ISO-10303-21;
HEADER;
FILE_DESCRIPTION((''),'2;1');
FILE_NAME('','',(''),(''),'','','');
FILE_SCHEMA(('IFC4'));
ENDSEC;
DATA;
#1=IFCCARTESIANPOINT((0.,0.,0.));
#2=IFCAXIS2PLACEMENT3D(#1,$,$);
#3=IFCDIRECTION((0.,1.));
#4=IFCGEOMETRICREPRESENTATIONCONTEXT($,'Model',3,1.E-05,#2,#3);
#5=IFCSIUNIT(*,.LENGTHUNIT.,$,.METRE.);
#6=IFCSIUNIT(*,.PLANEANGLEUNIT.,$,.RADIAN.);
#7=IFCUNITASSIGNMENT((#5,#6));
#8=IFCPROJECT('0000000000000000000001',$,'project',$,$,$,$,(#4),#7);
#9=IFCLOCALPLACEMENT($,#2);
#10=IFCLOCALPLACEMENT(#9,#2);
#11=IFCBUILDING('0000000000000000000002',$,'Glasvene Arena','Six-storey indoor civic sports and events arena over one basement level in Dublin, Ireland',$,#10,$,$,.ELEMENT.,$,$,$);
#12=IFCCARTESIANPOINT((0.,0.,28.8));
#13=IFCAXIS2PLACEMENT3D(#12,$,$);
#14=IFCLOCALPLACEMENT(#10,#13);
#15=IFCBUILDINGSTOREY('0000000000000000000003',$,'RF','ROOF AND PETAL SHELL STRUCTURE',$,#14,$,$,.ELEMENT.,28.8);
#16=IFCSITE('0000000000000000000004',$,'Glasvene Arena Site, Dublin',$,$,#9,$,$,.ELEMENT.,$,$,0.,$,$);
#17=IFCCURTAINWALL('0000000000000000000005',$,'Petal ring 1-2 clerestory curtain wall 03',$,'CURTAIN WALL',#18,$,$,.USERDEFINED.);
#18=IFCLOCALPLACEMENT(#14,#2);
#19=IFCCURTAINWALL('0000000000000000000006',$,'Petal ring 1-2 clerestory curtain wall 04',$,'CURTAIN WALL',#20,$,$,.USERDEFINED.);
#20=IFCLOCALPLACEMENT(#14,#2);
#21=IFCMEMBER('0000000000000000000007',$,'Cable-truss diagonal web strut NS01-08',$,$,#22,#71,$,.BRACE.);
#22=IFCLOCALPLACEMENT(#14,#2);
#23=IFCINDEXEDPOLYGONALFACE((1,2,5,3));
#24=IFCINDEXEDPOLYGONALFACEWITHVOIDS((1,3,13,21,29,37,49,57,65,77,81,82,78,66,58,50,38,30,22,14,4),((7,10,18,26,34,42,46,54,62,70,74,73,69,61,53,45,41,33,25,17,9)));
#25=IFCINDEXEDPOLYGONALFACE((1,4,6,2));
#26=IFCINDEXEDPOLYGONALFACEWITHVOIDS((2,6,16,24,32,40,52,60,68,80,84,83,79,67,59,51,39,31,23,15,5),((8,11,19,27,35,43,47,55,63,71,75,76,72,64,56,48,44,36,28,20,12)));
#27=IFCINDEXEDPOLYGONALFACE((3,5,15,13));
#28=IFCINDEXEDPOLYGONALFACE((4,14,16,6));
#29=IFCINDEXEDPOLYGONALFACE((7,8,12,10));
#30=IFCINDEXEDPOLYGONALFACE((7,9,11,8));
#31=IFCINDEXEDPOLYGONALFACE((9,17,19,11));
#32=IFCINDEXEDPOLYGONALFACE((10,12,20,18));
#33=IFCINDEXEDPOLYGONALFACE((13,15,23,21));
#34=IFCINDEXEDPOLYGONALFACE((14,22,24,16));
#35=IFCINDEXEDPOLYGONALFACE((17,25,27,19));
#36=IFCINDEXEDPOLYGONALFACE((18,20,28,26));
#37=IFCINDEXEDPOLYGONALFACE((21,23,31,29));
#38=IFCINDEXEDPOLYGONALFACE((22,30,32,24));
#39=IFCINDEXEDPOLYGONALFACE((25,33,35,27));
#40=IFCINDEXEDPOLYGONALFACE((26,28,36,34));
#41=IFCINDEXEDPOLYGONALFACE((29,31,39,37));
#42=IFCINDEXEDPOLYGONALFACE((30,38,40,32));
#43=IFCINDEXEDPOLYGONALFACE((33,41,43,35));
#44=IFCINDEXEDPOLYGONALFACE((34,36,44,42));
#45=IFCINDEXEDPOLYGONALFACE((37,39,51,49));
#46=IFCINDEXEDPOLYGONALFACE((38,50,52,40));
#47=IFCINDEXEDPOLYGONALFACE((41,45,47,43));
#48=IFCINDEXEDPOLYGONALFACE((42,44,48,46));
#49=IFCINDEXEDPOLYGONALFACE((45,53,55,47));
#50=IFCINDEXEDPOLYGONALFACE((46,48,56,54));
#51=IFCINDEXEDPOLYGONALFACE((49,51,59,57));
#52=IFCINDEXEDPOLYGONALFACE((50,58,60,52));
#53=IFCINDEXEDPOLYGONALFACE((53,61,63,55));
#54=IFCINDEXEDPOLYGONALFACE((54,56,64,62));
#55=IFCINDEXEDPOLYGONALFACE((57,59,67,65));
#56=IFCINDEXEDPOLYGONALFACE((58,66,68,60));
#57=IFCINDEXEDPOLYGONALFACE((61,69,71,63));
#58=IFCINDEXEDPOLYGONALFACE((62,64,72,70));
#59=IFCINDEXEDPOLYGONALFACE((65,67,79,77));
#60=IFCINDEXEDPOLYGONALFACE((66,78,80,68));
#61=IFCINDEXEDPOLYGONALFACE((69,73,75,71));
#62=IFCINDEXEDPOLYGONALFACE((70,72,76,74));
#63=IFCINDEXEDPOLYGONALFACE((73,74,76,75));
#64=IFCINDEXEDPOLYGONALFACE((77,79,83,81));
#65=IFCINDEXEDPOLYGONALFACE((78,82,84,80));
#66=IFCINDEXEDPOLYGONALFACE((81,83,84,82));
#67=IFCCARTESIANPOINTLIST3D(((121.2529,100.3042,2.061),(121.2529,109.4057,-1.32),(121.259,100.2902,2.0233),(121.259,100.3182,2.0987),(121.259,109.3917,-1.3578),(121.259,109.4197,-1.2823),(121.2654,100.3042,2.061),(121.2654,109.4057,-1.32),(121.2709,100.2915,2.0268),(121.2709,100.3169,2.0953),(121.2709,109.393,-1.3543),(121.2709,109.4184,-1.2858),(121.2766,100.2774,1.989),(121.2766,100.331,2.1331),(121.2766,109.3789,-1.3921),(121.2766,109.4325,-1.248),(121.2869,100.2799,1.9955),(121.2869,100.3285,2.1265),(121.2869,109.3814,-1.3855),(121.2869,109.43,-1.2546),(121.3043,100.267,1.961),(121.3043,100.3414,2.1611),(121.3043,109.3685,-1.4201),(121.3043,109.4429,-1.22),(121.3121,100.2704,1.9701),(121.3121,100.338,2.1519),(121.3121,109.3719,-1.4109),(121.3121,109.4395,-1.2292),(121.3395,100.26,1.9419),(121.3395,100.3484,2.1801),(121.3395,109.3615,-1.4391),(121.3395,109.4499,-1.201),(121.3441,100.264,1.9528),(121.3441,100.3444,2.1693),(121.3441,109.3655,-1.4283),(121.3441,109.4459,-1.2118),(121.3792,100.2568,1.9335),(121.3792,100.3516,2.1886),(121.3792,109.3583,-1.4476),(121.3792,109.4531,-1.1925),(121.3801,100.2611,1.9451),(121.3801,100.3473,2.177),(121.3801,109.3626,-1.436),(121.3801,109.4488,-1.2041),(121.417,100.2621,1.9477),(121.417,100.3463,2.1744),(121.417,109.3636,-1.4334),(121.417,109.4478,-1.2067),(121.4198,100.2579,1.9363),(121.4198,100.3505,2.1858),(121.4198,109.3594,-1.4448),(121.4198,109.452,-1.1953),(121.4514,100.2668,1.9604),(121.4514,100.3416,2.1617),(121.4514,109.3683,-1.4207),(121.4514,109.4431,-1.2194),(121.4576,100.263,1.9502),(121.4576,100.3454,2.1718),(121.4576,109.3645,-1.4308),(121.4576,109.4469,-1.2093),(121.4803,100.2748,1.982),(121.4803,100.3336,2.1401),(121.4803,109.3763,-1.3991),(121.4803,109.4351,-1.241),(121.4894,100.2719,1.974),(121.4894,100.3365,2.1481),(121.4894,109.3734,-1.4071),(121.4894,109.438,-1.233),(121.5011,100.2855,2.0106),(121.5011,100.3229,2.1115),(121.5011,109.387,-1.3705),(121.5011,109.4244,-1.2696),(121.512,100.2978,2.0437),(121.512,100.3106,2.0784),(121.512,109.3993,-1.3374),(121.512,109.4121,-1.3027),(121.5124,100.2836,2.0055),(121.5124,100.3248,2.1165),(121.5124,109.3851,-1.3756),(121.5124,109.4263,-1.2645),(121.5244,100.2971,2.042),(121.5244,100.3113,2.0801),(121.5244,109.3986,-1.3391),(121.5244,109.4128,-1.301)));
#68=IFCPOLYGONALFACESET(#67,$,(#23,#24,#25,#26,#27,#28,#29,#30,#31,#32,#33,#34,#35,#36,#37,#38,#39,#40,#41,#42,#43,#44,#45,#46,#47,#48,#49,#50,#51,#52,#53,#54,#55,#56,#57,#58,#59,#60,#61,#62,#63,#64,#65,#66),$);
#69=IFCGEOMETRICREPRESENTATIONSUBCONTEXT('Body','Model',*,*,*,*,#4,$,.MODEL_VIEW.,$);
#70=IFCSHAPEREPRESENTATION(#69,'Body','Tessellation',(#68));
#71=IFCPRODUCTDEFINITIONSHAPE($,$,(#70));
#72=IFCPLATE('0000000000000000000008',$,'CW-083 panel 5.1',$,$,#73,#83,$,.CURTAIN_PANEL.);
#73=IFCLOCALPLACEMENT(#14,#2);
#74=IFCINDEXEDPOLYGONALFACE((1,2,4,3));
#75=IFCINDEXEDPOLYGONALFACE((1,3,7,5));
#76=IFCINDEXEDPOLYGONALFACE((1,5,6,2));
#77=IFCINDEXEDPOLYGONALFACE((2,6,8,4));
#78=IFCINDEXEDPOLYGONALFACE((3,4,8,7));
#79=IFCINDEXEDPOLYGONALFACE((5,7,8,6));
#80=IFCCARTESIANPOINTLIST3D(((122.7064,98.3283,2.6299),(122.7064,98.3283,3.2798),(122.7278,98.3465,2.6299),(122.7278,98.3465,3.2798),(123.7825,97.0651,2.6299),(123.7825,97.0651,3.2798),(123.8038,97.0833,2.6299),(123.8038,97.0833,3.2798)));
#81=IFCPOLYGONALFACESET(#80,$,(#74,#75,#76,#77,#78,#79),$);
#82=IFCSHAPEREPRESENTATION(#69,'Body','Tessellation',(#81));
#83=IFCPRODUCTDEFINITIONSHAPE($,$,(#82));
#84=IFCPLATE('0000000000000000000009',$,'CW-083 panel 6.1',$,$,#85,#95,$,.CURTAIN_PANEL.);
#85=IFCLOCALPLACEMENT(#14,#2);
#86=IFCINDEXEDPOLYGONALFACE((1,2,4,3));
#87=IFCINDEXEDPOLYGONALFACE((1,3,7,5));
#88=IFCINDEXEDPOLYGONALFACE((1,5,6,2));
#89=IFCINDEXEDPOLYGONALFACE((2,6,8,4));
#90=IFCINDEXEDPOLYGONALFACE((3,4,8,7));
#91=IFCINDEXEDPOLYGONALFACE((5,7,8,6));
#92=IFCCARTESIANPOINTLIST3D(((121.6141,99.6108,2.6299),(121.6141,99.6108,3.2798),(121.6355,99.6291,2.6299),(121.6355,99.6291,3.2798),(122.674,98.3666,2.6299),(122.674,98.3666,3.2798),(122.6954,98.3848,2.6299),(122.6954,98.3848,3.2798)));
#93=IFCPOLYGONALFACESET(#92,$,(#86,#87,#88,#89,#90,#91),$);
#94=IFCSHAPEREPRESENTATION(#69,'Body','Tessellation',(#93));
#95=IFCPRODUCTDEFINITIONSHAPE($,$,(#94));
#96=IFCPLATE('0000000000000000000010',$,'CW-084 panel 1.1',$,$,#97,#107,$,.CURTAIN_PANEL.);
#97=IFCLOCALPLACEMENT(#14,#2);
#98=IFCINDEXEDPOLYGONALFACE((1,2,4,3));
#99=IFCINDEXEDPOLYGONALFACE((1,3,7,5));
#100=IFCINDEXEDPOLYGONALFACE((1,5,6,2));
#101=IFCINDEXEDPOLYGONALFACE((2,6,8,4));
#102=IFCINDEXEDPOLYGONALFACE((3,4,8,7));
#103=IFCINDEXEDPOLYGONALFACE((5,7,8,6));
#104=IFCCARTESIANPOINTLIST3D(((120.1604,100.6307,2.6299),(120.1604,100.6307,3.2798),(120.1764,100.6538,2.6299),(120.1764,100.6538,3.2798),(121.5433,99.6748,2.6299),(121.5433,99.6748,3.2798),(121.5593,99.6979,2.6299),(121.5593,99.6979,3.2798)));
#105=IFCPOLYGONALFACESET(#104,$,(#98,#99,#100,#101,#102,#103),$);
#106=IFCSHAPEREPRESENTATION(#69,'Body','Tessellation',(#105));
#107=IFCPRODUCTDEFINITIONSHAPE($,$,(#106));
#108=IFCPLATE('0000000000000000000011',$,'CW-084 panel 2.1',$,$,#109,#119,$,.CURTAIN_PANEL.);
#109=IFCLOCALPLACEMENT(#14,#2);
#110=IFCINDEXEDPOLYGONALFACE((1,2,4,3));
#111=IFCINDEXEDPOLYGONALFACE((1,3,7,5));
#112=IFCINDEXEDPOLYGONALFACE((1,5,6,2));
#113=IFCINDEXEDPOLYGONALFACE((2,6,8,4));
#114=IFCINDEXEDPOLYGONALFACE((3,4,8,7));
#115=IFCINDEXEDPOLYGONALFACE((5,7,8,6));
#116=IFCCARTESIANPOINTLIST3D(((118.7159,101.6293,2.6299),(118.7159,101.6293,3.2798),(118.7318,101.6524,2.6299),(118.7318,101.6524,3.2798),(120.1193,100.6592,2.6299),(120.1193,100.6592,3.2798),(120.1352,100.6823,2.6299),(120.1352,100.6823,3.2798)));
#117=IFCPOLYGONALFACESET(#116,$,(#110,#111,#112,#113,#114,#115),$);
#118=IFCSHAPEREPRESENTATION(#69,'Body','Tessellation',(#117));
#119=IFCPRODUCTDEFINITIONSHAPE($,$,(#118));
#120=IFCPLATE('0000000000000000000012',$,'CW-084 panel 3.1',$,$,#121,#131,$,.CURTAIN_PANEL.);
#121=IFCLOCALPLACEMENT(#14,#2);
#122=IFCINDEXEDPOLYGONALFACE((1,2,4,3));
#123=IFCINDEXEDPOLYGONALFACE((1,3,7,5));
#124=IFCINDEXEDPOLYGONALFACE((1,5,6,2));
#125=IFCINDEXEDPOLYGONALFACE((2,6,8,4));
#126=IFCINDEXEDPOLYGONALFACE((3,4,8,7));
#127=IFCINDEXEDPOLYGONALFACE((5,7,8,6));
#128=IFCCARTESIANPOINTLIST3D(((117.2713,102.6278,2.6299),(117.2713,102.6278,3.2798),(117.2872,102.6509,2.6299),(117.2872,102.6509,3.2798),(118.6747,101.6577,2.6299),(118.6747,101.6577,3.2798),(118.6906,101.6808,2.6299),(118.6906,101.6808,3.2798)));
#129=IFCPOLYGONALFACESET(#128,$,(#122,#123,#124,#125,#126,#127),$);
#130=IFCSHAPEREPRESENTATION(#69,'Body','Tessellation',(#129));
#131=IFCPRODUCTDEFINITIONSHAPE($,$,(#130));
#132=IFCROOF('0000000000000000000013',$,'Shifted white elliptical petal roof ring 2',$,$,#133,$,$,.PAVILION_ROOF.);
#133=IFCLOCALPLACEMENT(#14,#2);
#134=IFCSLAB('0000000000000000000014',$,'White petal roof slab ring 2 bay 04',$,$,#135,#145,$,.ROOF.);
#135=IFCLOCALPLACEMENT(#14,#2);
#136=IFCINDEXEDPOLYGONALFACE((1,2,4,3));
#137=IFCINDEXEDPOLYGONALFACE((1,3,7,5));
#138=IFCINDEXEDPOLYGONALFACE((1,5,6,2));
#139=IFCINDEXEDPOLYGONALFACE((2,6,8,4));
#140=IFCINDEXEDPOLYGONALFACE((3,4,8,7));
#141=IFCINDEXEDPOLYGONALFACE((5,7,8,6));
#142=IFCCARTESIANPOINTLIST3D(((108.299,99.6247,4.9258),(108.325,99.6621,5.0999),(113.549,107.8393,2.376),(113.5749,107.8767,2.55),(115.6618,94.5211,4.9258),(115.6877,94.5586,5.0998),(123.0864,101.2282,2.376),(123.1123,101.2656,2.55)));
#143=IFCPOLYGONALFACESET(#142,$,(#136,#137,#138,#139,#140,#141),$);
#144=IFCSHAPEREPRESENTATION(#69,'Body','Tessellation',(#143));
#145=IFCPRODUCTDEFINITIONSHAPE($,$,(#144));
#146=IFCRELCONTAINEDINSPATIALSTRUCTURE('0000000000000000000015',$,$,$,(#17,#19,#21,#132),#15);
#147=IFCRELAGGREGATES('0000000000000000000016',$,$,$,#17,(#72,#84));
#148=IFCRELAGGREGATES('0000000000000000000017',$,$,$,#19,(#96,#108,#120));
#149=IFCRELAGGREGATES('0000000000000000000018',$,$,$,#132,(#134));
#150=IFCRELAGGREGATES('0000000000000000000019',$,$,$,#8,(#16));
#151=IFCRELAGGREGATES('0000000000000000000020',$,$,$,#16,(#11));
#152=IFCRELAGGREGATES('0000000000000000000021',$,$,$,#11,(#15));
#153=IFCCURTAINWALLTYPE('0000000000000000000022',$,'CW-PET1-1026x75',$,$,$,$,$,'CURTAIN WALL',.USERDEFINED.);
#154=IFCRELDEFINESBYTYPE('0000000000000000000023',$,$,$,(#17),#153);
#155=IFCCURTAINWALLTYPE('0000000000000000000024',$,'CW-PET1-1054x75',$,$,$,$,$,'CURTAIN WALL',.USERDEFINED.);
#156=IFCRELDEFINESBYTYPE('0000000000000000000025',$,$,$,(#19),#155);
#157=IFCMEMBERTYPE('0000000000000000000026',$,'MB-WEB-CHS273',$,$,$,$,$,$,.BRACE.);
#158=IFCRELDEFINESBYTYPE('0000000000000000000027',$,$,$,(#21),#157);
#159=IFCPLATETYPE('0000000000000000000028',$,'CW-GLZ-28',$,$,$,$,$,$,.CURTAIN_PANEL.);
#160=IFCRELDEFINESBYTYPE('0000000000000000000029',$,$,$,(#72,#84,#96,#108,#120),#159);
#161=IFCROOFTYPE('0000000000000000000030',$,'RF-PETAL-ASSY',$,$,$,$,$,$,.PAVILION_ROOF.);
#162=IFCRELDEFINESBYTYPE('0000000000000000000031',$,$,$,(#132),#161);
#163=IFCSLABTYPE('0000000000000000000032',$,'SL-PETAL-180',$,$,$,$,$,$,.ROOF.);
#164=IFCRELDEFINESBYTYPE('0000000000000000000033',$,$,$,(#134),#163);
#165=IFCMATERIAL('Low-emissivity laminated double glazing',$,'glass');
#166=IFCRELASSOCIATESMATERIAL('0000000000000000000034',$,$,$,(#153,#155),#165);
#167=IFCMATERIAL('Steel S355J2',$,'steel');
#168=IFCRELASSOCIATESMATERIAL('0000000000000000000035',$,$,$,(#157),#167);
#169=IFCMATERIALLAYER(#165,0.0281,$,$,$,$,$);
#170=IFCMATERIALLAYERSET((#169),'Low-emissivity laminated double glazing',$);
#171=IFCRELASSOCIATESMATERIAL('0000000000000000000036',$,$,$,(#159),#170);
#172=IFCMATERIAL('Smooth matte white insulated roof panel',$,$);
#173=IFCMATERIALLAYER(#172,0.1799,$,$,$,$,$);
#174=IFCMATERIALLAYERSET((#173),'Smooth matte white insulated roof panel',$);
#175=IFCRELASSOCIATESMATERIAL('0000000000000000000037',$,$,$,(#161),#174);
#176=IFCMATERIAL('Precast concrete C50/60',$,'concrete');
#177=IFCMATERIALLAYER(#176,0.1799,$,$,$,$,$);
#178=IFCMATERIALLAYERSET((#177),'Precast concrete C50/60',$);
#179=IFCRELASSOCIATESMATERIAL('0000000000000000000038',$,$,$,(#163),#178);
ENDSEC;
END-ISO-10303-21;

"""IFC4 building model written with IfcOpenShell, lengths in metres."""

from ifc_helpers import new_model, si_unit, direction, frame, origin, origin_2d, place, context, subcontext, project, spatial, polyline, rectangle, hollow_circle, outline, extrude, material, layer, layer_set, material_profile, profile_set, type_object, element, aggregate, save


model = new_model("IFC4")

# Units and contexts
model_context = context("Model", 3, precision=1e-05, world=origin(), true_north=direction((0.0, 1.0)))
body_context = subcontext(model_context, "Body", "Model", "MODEL_VIEW")
ifc_project = project(units=[si_unit("LENGTHUNIT", "METRE"), si_unit("PLANEANGLEUNIT", "RADIAN")], contexts=[model_context])

# Site, building, storey
site_placement = place(None, origin())
site = spatial("IfcSite", under=ifc_project, at=site_placement, Name="Glasvene Arena Site, Dublin", CompositionType="ELEMENT", RefElevation=0.0)
building_placement = place(site_placement, origin())
building = spatial("IfcBuilding", under=site, at=building_placement, Name="Glasvene Arena", Description="Six-storey indoor civic sports and events arena over one basement level in Dublin, Ireland", CompositionType="ELEMENT")
storey_placement = place(building_placement, frame((0.0, 0.0, 28.8)))
storey = spatial("IfcBuildingStorey", under=building, at=storey_placement, Name="RF", Description="ROOF AND PETAL SHELL STRUCTURE", CompositionType="ELEMENT", Elevation=28.8)

# Curtain walls
ifc_material_1 = material(Name="Low-emissivity laminated double glazing", Category="glass")
curtain_wall_type_1 = type_object("IfcCurtainWallType", Name="CW-PET1-1026x75", ElementType="CURTAIN WALL", PredefinedType="USERDEFINED", material=ifc_material_1)
curtain_wall_1_placement = place(storey_placement, frame((128.2432, 91.8501, 0.0)))
curtain_wall_1 = element("IfcCurtainWall", 1, at=curtain_wall_1_placement, inside=storey, type_object=curtain_wall_type_1, Name="Petal ring 1-2 clerestory curtain wall 03", ObjectType="CURTAIN WALL", PredefinedType="USERDEFINED")
curtain_wall_type_2 = type_object("IfcCurtainWallType", Name="CW-PET1-1054x75", ElementType="CURTAIN WALL", PredefinedType="USERDEFINED", material=ifc_material_1)
curtain_wall_2_placement = place(storey_placement, frame((121.5923, 99.658, 0.0)))
curtain_wall_2 = element("IfcCurtainWall", 2, at=curtain_wall_2_placement, inside=storey, type_object=curtain_wall_type_2, Name="Petal ring 1-2 clerestory curtain wall 04", ObjectType="CURTAIN WALL", PredefinedType="USERDEFINED")

# Member
ifc_material_2 = material(Name="Steel S355J2", Category="steel")
ifc_material_profile_1 = material_profile(ifc_material_2, hollow_circle(Radius=0.1365, WallThickness=0.0125, at=origin_2d()), Name="CHS 273.0x12.5")
ifc_profile_set_1 = profile_set([ifc_material_profile_1], Name="Steel S355J2")
member_type_1 = type_object("IfcMemberType", Name="MB-WEB-CHS273", PredefinedType="BRACE", material=ifc_profile_set_1)
member_1_placement = place(storey_placement, frame((121.3894, 100.3042, 2.061), z_axis=(0.0, 0.937408, -0.348234), x_axis=(-1.0, 0.0, 0.0)))
element("IfcMember", 3, at=member_1_placement, inside=storey, type_object=member_type_1, Name="Cable-truss diagonal web strut NS01-08", PredefinedType="BRACE", context=body_context, shape_type="SweptSolid", body=[
    extrude(hollow_circle(Radius=0.1365, WallThickness=0.0125, at=origin_2d()), origin(), (0.0, 0.0, 1.0), 9.7092),
])

# Plates
ifc_layer_1 = layer(ifc_material_1, 0.0281)
ifc_layer_set_1 = layer_set([ifc_layer_1], Name="Low-emissivity laminated double glazing")
plate_type = type_object("IfcPlateType", Name="CW-GLZ-28", PredefinedType="CURTAIN_PANEL", material=ifc_layer_set_1)
plate_1_placement = place(storey_placement, frame((123.2551, 97.7058, 2.6299), z_axis=(0.0, 0.0, 1.0), x_axis=(-0.648445, 0.761261, 0.0)))
plate_1 = element("IfcPlate", 4, at=plate_1_placement, type_object=plate_type, Name="CW-083 panel 5.1", PredefinedType="CURTAIN_PANEL", context=body_context, shape_type="SweptSolid", body=[
    extrude(rectangle(XDim=1.6594, YDim=0.0281, at=origin_2d()), origin(), (0.0, 0.0, 1.0), 0.6499),
])
plate_2_placement = place(storey_placement, frame((122.1548, 98.9978, 2.6299), z_axis=(0.0, 0.0, 1.0), x_axis=(-0.648445, 0.761261, 0.0)))
plate_2 = element("IfcPlate", 5, at=plate_2_placement, type_object=plate_type, Name="CW-083 panel 6.1", PredefinedType="CURTAIN_PANEL", context=body_context, shape_type="SweptSolid", body=[
    extrude(rectangle(XDim=1.6345, YDim=0.0281, at=origin_2d()), origin(), (0.0, 0.0, 1.0), 0.6499),
])
aggregate(curtain_wall_1, [plate_1, plate_2])
plate_3_placement = place(storey_placement, frame((120.8599, 100.1643, 2.6299), z_axis=(0.0, 0.0, 1.0), x_axis=(-0.822601, 0.568619, 0.0)))
plate_3 = element("IfcPlate", 6, at=plate_3_placement, type_object=plate_type, Name="CW-084 panel 1.1", PredefinedType="CURTAIN_PANEL", context=body_context, shape_type="SweptSolid", body=[
    extrude(rectangle(XDim=1.6812, YDim=0.0281, at=origin_2d()), origin(), (0.0, 0.0, 1.0), 0.6499),
])
plate_4_placement = place(storey_placement, frame((119.4255, 101.1558, 2.6299), z_axis=(0.0, 0.0, 1.0), x_axis=(-0.822601, 0.568619, 0.0)))
plate_4 = element("IfcPlate", 7, at=plate_4_placement, type_object=plate_type, Name="CW-084 panel 2.1", PredefinedType="CURTAIN_PANEL", context=body_context, shape_type="SweptSolid", body=[
    extrude(rectangle(XDim=1.7061, YDim=0.0281, at=origin_2d()), origin(), (0.0, 0.0, 1.0), 0.6499),
])
plate_5_placement = place(storey_placement, frame((117.981, 102.1543, 2.6299), z_axis=(0.0, 0.0, 1.0), x_axis=(-0.822601, 0.568619, 0.0)))
plate_5 = element("IfcPlate", 8, at=plate_5_placement, type_object=plate_type, Name="CW-084 panel 3.1", PredefinedType="CURTAIN_PANEL", context=body_context, shape_type="SweptSolid", body=[
    extrude(rectangle(XDim=1.7061, YDim=0.0281, at=origin_2d()), origin(), (0.0, 0.0, 1.0), 0.6499),
])
aggregate(curtain_wall_2, [plate_3, plate_4, plate_5])

# Roof, slab
ifc_material_3 = material(Name="Smooth matte white insulated roof panel")
ifc_layer_2 = layer(ifc_material_3, 0.1799)
ifc_layer_set_2 = layer_set([ifc_layer_2], Name="Smooth matte white insulated roof panel")
roof_type = type_object("IfcRoofType", Name="RF-PETAL-ASSY", PredefinedType="PAVILION_ROOF", material=ifc_layer_set_2)
roof_placement = place(storey_placement, frame((90.55, 71.8501, 2.55)))
roof = element("IfcRoof", 9, at=roof_placement, inside=storey, type_object=roof_type, Name="Shifted white elliptical petal roof ring 2", PredefinedType="PAVILION_ROOF")
ifc_material_4 = material(Name="Precast concrete C50/60", Category="concrete")
ifc_layer_3 = layer(ifc_material_4, 0.1799)
ifc_layer_set_3 = layer_set([ifc_layer_3], Name="Precast concrete C50/60")
slab_type = type_object("IfcSlabType", Name="SL-PETAL-180", PredefinedType="ROOF", material=ifc_layer_set_3)
slab_placement = place(storey_placement, frame((123.1123, 101.2656, 2.55), z_axis=(0.144247, 0.208098, 0.967413), x_axis=(-0.821858, 0.569693, -0.000002)))
slab = element("IfcSlab", 10, at=slab_placement, type_object=slab_type, Name="White petal roof slab ring 2 bay 04", PredefinedType="ROOF", context=body_context, shape_type="SweptSolid", body=[
    extrude(outline(polyline([(0.0, 0.0), (11.6046, 0.0), (11.2396, 10.0703), (2.281, 10.0701), (0.0, 0.0)])), origin(), (0.0, 0.0, -1.0), 0.1799),
])
aggregate(roof, [slab])

save(model, "model.ifc")
